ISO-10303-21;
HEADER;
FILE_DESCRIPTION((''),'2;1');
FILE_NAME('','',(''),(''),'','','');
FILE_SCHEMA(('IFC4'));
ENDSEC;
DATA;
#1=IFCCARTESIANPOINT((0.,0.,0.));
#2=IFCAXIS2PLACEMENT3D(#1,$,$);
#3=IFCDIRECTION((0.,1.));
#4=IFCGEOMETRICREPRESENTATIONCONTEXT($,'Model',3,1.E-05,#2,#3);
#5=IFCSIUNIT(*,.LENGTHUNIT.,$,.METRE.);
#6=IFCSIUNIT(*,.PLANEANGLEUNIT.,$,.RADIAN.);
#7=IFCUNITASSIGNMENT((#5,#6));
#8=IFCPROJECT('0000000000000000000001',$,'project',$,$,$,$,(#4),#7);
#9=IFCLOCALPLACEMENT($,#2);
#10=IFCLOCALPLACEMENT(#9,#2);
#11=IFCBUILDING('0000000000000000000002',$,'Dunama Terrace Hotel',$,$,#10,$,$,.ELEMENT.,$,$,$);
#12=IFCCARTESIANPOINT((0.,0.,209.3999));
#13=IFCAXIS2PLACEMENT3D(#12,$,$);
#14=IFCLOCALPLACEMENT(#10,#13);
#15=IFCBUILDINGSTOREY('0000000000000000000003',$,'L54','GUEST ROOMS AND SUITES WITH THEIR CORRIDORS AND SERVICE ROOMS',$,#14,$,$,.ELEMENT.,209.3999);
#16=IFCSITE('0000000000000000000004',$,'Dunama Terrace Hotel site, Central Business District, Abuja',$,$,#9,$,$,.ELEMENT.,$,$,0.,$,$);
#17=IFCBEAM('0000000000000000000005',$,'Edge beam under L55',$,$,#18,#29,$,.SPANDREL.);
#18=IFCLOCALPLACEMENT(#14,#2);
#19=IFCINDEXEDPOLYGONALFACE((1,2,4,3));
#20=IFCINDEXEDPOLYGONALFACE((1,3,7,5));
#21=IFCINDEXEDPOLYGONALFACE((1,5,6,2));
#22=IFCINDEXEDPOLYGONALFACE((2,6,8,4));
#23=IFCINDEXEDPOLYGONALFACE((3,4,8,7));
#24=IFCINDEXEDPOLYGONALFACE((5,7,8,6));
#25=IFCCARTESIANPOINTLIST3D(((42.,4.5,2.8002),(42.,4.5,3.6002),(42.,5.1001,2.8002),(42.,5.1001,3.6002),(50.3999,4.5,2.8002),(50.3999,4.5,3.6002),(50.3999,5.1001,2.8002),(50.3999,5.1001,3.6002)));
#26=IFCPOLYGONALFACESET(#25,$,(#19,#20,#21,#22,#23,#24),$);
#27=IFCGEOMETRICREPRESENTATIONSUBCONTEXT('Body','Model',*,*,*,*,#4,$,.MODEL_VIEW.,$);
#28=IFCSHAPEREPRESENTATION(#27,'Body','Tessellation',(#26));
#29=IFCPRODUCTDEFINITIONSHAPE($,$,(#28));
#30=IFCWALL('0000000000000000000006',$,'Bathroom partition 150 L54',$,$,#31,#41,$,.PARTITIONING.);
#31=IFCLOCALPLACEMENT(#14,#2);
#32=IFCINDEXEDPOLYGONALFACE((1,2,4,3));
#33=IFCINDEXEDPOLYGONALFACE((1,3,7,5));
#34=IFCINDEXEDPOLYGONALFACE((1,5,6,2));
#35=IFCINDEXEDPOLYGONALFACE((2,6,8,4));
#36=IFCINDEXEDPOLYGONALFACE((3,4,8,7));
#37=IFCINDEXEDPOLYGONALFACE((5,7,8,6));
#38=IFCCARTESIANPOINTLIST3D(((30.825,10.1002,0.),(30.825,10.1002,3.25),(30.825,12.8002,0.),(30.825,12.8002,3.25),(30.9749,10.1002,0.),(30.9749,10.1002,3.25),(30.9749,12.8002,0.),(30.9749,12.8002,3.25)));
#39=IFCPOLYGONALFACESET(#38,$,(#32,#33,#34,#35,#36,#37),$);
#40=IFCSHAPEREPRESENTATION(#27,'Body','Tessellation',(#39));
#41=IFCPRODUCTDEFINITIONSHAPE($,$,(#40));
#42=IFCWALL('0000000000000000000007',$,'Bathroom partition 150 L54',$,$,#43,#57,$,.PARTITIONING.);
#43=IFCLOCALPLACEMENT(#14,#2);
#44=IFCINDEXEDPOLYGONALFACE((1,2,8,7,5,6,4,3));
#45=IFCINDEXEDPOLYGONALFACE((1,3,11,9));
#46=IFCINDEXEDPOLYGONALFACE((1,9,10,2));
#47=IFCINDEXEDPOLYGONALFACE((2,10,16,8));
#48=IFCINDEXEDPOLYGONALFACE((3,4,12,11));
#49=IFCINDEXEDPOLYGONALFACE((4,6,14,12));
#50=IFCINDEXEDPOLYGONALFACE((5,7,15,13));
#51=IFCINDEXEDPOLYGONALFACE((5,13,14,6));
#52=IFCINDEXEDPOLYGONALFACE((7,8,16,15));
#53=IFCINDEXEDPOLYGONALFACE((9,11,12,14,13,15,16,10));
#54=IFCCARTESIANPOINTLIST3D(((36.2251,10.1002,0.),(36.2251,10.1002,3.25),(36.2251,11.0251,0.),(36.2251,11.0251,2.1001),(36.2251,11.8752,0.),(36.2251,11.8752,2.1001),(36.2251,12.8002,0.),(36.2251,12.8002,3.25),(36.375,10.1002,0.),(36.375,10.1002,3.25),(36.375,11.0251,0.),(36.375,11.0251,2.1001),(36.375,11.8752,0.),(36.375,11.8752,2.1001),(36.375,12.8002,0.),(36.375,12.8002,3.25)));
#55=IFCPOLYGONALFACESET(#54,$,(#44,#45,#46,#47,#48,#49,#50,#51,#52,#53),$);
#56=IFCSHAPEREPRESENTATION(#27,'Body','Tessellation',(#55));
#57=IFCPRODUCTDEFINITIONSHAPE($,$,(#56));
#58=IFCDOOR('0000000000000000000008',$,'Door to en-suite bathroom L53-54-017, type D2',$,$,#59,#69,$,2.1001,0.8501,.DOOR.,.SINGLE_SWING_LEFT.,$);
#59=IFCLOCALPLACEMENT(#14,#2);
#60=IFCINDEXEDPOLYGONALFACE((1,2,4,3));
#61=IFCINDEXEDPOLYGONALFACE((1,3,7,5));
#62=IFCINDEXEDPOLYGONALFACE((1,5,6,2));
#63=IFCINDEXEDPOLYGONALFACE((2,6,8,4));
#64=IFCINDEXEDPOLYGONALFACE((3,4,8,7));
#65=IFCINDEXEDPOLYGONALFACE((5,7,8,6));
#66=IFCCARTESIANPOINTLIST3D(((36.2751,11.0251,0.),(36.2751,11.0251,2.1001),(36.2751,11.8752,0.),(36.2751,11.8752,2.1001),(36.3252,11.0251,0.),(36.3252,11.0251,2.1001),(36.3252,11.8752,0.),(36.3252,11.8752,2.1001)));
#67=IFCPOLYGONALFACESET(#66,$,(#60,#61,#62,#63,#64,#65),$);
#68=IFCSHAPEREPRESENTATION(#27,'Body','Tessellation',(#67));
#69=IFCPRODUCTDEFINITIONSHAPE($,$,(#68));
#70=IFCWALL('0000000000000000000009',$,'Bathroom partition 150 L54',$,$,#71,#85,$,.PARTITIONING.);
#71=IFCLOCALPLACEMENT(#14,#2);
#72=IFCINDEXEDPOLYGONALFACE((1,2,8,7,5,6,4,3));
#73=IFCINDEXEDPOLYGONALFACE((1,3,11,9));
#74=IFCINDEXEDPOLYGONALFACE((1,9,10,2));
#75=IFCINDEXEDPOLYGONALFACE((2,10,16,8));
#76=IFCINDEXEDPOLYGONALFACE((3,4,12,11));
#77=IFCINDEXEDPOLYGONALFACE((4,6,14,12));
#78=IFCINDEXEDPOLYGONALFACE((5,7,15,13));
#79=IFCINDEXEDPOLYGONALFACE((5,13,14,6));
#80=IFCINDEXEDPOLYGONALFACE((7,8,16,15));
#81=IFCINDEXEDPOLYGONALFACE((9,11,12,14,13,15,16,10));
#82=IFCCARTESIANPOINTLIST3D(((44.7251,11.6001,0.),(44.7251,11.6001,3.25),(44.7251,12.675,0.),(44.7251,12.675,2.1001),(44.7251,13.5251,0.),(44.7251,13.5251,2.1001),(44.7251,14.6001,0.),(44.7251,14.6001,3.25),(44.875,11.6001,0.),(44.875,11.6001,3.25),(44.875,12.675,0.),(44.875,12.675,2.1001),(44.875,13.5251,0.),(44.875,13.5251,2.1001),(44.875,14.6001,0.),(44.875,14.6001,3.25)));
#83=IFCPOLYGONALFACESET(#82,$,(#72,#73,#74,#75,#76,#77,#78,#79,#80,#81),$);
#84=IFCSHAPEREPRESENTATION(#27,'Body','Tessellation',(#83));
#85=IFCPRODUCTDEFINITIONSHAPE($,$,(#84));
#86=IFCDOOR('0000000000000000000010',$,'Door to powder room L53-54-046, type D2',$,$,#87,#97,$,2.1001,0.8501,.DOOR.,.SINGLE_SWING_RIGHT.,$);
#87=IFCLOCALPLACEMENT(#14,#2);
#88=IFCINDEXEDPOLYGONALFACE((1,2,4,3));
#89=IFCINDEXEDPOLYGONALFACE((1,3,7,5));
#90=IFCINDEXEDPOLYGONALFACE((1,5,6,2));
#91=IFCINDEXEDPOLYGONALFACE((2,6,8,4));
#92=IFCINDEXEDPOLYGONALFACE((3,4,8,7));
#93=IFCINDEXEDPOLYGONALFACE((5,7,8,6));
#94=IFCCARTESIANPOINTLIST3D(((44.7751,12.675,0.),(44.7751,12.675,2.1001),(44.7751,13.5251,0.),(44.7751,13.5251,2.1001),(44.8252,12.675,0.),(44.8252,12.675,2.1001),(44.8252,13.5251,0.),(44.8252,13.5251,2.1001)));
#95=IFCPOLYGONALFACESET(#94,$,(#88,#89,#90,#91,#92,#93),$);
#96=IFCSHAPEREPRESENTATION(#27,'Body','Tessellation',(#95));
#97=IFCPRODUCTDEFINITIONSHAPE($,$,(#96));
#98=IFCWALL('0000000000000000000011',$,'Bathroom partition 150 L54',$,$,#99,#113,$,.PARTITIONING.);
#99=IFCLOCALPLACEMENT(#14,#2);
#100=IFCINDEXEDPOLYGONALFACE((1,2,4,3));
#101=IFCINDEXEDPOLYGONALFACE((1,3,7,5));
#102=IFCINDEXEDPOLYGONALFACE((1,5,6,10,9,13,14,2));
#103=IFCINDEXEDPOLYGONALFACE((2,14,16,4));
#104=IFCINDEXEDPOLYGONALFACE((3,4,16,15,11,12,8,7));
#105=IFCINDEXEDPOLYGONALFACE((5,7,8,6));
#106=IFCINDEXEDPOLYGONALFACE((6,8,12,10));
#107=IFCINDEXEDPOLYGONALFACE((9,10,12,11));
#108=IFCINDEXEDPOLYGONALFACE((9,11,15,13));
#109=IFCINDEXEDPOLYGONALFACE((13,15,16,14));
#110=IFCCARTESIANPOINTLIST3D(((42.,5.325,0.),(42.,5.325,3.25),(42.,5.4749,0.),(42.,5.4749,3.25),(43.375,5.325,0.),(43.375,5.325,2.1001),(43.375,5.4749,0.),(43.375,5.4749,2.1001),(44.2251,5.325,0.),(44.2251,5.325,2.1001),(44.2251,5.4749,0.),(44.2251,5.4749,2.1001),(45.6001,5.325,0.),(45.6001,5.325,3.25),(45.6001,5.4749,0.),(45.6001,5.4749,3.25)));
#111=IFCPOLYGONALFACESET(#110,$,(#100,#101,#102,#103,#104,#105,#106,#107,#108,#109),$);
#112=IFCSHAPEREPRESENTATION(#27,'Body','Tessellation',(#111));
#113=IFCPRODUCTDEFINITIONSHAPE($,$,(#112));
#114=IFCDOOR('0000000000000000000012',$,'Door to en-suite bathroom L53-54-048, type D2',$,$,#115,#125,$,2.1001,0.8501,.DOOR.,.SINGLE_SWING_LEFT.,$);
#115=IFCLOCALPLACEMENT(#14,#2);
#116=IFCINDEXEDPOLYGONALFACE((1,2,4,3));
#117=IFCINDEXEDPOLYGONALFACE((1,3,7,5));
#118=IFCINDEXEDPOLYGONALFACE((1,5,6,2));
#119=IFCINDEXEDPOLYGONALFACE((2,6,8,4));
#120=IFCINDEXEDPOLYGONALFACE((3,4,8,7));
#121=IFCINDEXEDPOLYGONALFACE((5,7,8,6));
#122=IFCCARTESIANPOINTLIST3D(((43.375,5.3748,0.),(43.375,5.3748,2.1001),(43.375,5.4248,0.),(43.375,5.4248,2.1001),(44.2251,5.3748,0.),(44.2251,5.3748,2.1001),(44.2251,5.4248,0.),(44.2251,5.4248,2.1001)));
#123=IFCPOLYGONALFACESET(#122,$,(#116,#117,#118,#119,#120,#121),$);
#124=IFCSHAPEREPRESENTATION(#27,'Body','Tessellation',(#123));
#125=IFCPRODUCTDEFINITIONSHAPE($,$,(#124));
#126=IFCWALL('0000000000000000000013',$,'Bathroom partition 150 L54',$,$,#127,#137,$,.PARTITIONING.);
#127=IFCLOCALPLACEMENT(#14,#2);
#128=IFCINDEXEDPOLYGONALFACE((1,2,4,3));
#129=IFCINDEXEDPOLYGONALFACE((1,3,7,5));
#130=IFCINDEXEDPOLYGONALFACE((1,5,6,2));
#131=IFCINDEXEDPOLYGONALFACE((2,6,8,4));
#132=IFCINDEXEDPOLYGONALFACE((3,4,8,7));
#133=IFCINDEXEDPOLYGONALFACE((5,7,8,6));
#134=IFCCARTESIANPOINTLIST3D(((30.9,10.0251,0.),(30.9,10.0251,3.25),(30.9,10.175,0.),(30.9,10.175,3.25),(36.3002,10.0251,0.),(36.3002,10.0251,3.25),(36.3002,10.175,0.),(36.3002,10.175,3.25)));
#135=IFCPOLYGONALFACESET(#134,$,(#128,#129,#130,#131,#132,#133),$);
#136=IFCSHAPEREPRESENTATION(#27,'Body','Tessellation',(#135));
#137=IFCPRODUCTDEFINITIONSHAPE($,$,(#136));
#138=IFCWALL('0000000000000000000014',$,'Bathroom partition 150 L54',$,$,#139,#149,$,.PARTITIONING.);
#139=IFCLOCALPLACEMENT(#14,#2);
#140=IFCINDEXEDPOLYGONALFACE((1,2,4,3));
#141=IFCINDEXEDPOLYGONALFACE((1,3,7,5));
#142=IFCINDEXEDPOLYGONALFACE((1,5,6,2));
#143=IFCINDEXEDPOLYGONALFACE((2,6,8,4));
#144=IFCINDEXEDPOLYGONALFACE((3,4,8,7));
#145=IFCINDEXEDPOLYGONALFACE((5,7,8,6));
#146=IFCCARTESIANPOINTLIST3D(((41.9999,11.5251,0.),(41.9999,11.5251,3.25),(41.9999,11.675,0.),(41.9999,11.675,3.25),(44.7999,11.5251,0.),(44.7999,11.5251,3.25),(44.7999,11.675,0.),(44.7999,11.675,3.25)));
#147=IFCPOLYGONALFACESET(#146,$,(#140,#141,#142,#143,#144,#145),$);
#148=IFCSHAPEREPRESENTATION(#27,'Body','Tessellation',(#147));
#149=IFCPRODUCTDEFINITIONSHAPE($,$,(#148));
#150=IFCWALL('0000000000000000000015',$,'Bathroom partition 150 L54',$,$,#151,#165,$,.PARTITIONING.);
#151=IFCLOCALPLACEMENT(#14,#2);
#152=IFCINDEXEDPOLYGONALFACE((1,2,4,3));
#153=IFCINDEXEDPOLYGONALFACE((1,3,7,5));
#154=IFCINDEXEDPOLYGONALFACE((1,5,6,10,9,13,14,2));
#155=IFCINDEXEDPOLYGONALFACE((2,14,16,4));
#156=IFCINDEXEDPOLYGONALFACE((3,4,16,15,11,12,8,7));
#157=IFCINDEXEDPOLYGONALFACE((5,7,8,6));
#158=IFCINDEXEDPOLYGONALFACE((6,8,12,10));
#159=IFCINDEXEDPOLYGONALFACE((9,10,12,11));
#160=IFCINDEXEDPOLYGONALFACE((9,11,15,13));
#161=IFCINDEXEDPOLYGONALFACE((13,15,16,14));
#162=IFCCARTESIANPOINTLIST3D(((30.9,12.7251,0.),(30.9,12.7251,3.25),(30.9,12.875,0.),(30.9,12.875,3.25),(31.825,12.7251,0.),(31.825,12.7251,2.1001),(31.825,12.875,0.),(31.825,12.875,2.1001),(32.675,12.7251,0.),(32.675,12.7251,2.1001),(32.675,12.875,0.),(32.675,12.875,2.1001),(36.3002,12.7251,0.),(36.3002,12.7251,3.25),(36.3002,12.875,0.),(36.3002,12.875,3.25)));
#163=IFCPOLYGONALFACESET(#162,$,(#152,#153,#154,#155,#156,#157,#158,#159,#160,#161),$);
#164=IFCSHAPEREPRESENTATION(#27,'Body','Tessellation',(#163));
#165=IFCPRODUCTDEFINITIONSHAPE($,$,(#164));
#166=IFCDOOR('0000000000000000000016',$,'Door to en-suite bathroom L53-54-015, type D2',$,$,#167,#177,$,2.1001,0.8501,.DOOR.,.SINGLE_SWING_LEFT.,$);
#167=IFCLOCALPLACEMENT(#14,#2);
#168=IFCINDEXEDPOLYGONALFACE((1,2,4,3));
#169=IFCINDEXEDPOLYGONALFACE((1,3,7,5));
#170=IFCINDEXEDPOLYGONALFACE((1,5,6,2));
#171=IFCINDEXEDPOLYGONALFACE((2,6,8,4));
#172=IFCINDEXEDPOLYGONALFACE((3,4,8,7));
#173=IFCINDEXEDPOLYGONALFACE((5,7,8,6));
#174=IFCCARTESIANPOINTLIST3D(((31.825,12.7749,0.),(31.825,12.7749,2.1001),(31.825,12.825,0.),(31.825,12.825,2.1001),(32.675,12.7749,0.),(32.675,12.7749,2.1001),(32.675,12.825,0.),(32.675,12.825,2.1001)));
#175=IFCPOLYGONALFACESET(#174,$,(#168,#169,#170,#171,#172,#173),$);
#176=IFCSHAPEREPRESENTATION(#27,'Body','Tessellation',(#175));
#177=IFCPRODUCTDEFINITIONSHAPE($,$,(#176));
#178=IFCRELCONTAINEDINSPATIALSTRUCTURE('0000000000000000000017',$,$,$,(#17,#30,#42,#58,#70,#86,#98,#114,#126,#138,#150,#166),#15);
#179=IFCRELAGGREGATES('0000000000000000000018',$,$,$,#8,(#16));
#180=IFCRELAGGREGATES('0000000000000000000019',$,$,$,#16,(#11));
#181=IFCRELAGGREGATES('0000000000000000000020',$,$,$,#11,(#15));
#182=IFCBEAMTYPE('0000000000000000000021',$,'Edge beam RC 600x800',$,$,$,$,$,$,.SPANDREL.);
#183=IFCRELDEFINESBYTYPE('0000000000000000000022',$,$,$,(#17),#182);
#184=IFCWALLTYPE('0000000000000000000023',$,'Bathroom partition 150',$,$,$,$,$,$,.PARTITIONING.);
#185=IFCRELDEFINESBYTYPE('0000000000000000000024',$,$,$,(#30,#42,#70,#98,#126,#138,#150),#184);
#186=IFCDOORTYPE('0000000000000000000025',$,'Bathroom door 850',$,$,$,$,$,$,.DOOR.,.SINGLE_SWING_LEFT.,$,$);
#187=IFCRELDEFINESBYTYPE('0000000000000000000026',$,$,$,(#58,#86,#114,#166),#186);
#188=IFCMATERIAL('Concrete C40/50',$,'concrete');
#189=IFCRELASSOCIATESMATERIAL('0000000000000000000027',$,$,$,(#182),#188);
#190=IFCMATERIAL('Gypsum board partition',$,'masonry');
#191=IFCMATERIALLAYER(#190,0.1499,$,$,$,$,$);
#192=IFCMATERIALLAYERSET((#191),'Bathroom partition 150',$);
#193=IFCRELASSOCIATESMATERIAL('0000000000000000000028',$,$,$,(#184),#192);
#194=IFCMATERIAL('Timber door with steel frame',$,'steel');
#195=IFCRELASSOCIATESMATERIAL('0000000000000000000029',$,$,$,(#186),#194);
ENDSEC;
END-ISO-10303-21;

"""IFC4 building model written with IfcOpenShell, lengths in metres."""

from ifc_helpers import new_model, si_unit, direction, frame, frame_2d, origin, origin_2d, place, context, subcontext, project, spatial, rectangle, extrude, material, layer, layer_set, material_profile, profile_set, type_object, element, fill, save


model = new_model("IFC4")

# Units and contexts
model_context = context("Model", 3, precision=1e-05, world=origin(), true_north=direction((0.0, 1.0)))
body_context = subcontext(model_context, "Body", "Model", "MODEL_VIEW")
ifc_project = project(units=[si_unit("LENGTHUNIT", "METRE"), si_unit("PLANEANGLEUNIT", "RADIAN")], contexts=[model_context])

# Site, building, storey
site_placement = place(None, origin())
site = spatial("IfcSite", under=ifc_project, at=site_placement, Name="Dunama Terrace Hotel site, Central Business District, Abuja", CompositionType="ELEMENT", RefElevation=0.0)
building_placement = place(site_placement, origin())
building = spatial("IfcBuilding", under=site, at=building_placement, Name="Dunama Terrace Hotel", CompositionType="ELEMENT")
storey_placement = place(building_placement, frame((0.0, 0.0, 209.3999)))
storey = spatial("IfcBuildingStorey", under=building, at=storey_placement, Name="L54", Description="GUEST ROOMS AND SUITES WITH THEIR CORRIDORS AND SERVICE ROOMS", CompositionType="ELEMENT", Elevation=209.3999)

# Beam
ifc_material_1 = material(Name="Concrete C40/50", Category="concrete")
ifc_material_profile = material_profile(ifc_material_1, rectangle(XDim=0.6001, YDim=0.8, at=origin_2d()), Name="RC 600x800")
ifc_profile_set = profile_set([ifc_material_profile], Name="Concrete C40/50")
beam_type = type_object("IfcBeamType", Name="Edge beam RC 600x800", PredefinedType="SPANDREL", material=ifc_profile_set)
beam_placement = place(storey_placement, frame((42.0, 4.8, 3.2002), z_axis=(1.0, 0.0, 0.0), x_axis=(0.0, 1.0, 0.0)))
element("IfcBeam", 1, at=beam_placement, inside=storey, type_object=beam_type, Name="Edge beam under L55", PredefinedType="SPANDREL", context=body_context, shape_type="SweptSolid", body=[
    extrude(rectangle(XDim=0.6001, YDim=0.8, at=origin_2d()), origin(), (0.0, 0.0, 1.0), 8.3999),
])

# Wall
ifc_material_2 = material(Name="Gypsum board partition", Category="masonry")
ifc_layer_1 = layer(ifc_material_2, 0.1499)
ifc_layer_set_1 = layer_set([ifc_layer_1], Name="Bathroom partition 150")
wall_type_1 = type_object("IfcWallType", Name="Bathroom partition 150", PredefinedType="PARTITIONING", material=ifc_layer_set_1)
wall_1_placement = place(storey_placement, frame((30.8999, 10.1001, 0.0), z_axis=(0.0, 0.0, 1.0), x_axis=(0.0, 1.0, 0.0)))
element("IfcWall", 2, at=wall_1_placement, inside=storey, type_object=wall_type_1, Name="Bathroom partition 150 L54", PredefinedType="PARTITIONING", context=body_context, shape_type="SweptSolid", body=[
    extrude(rectangle(XDim=2.7, YDim=0.1499, at=frame_2d((1.3501, 0.0))), origin(), (0.0, 0.0, 1.0), 3.25),
])

# Walls, openings, doors
wall_2_placement = place(storey_placement, frame((36.3, 10.1001, 0.0), z_axis=(0.0, 0.0, 1.0), x_axis=(0.0, 1.0, 0.0)))
wall_2 = element("IfcWall", 3, at=wall_2_placement, inside=storey, type_object=wall_type_1, Name="Bathroom partition 150 L54", PredefinedType="PARTITIONING", context=body_context, shape_type="SweptSolid", body=[
    extrude(rectangle(XDim=2.7, YDim=0.1499, at=frame_2d((1.3501, 0.0))), origin(), (0.0, 0.0, 1.0), 3.25),
])
opening_1_placement = place(wall_2_placement, frame((0.925, 0.0, 0.0)))
opening_1 = element("IfcOpeningElement", 4, at=opening_1_placement, cuts=wall_2, PredefinedType="OPENING", context=body_context, shape_type="SweptSolid", body=[
    extrude(rectangle(XDim=0.8501, YDim=2.1001, at=frame_2d((0.425, 1.05))), frame((0.0, 0.085, 0.0), z_axis=(0.0, -1.0, 0.0), x_axis=(1.0, 0.0, 0.0)), (0.0, 0.0, 1.0), 0.1699),
])
ifc_material_3 = material(Name="Timber door with steel frame", Category="steel")
door_type_1 = type_object("IfcDoorType", Name="Bathroom door 850", OperationType="SINGLE_SWING_LEFT", PredefinedType="DOOR", material=ifc_material_3)
door_1_placement = place(opening_1_placement, origin())
door_1 = element("IfcDoor", 5, at=door_1_placement, inside=storey, type_object=door_type_1, Name="Door to en-suite bathroom L53-54-017, type D2", OperationType="SINGLE_SWING_LEFT", OverallHeight=2.1001, OverallWidth=0.8501, PredefinedType="DOOR", context=body_context, shape_type="SweptSolid", body=[
    extrude(rectangle(XDim=0.8501, YDim=2.1001, at=frame_2d((0.425, 1.05))), frame((0.0, 0.0249, 0.0), z_axis=(0.0, -1.0, 0.0), x_axis=(1.0, 0.0, 0.0)), (0.0, 0.0, 1.0), 0.05),
])
fill(opening_1, door_1)
wall_3_placement = place(storey_placement, frame((44.8, 11.6001, 0.0), z_axis=(0.0, 0.0, 1.0), x_axis=(0.0, 1.0, 0.0)))
wall_3 = element("IfcWall", 6, at=wall_3_placement, inside=storey, type_object=wall_type_1, Name="Bathroom partition 150 L54", PredefinedType="PARTITIONING", context=body_context, shape_type="SweptSolid", body=[
    extrude(rectangle(XDim=3.0, YDim=0.1499, at=frame_2d((1.5, 0.0))), origin(), (0.0, 0.0, 1.0), 3.25),
])
opening_2_placement = place(wall_3_placement, frame((1.075, 0.0, 0.0)))
opening_2 = element("IfcOpeningElement", 7, at=opening_2_placement, cuts=wall_3, PredefinedType="OPENING", context=body_context, shape_type="SweptSolid", body=[
    extrude(rectangle(XDim=0.8501, YDim=2.1001, at=frame_2d((0.425, 1.05))), frame((0.0, 0.085, 0.0), z_axis=(0.0, -1.0, 0.0), x_axis=(1.0, 0.0, 0.0)), (0.0, 0.0, 1.0), 0.1699),
])
door_2_placement = place(opening_2_placement, origin())
door_2 = element("IfcDoor", 8, at=door_2_placement, inside=storey, type_object=door_type_1, Name="Door to powder room L53-54-046, type D2", OperationType="SINGLE_SWING_RIGHT", OverallHeight=2.1001, OverallWidth=0.8501, PredefinedType="DOOR", context=body_context, shape_type="SweptSolid", body=[
    extrude(rectangle(XDim=0.8501, YDim=2.1001, at=frame_2d((0.425, 1.05))), frame((0.0, 0.0249, 0.0), z_axis=(0.0, -1.0, 0.0), x_axis=(1.0, 0.0, 0.0)), (0.0, 0.0, 1.0), 0.05),
])
fill(opening_2, door_2)
wall_4_placement = place(storey_placement, frame((42.0, 5.3999, 0.0), z_axis=(0.0, 0.0, 1.0), x_axis=(1.0, 0.0, 0.0)))
wall_4 = element("IfcWall", 9, at=wall_4_placement, inside=storey, type_object=wall_type_1, Name="Bathroom partition 150 L54", PredefinedType="PARTITIONING", context=body_context, shape_type="SweptSolid", body=[
    extrude(rectangle(XDim=3.6001, YDim=0.1499, at=frame_2d((1.8, 0.0))), origin(), (0.0, 0.0, 1.0), 3.25),
])
opening_3_placement = place(wall_4_placement, frame((1.375, 0.0, 0.0)))
opening_3 = element("IfcOpeningElement", 10, at=opening_3_placement, cuts=wall_4, PredefinedType="OPENING", context=body_context, shape_type="SweptSolid", body=[
    extrude(rectangle(XDim=0.8501, YDim=2.1001, at=frame_2d((0.425, 1.05))), frame((0.0, 0.085, 0.0), z_axis=(0.0, -1.0, 0.0), x_axis=(1.0, 0.0, 0.0)), (0.0, 0.0, 1.0), 0.1699),
])
door_3_placement = place(opening_3_placement, origin())
door_3 = element("IfcDoor", 11, at=door_3_placement, inside=storey, type_object=door_type_1, Name="Door to en-suite bathroom L53-54-048, type D2", OperationType="SINGLE_SWING_LEFT", OverallHeight=2.1001, OverallWidth=0.8501, PredefinedType="DOOR", context=body_context, shape_type="SweptSolid", body=[
    extrude(rectangle(XDim=0.8501, YDim=2.1001, at=frame_2d((0.425, 1.05))), frame((0.0, 0.0249, 0.0), z_axis=(0.0, -1.0, 0.0), x_axis=(1.0, 0.0, 0.0)), (0.0, 0.0, 1.0), 0.05),
])
fill(opening_3, door_3)

# Walls
wall_5_placement = place(storey_placement, frame((30.8999, 10.1001, 0.0), z_axis=(0.0, 0.0, 1.0), x_axis=(1.0, 0.0, 0.0)))
element("IfcWall", 12, at=wall_5_placement, inside=storey, type_object=wall_type_1, Name="Bathroom partition 150 L54", PredefinedType="PARTITIONING", context=body_context, shape_type="SweptSolid", body=[
    extrude(rectangle(XDim=5.4001, YDim=0.1499, at=frame_2d((2.7002, 0.0))), origin(), (0.0, 0.0, 1.0), 3.25),
])
wall_6_placement = place(storey_placement, frame((42.0, 11.6001, 0.0), z_axis=(0.0, 0.0, 1.0), x_axis=(1.0, 0.0, 0.0)))
element("IfcWall", 13, at=wall_6_placement, inside=storey, type_object=wall_type_1, Name="Bathroom partition 150 L54", PredefinedType="PARTITIONING", context=body_context, shape_type="SweptSolid", body=[
    extrude(rectangle(XDim=2.8, YDim=0.1499, at=frame_2d((1.3999, 0.0))), origin(), (0.0, 0.0, 1.0), 3.25),
])

# Wall, opening, door
wall_7_placement = place(storey_placement, frame((30.8999, 12.8, 0.0), z_axis=(0.0, 0.0, 1.0), x_axis=(1.0, 0.0, 0.0)))
wall_7 = element("IfcWall", 14, at=wall_7_placement, inside=storey, type_object=wall_type_1, Name="Bathroom partition 150 L54", PredefinedType="PARTITIONING", context=body_context, shape_type="SweptSolid", body=[
    extrude(rectangle(XDim=5.4001, YDim=0.1499, at=frame_2d((2.7002, 0.0))), origin(), (0.0, 0.0, 1.0), 3.25),
])
opening_4_placement = place(wall_7_placement, frame((0.925, 0.0, 0.0)))
opening_4 = element("IfcOpeningElement", 15, at=opening_4_placement, cuts=wall_7, PredefinedType="OPENING", context=body_context, shape_type="SweptSolid", body=[
    extrude(rectangle(XDim=0.8501, YDim=2.1001, at=frame_2d((0.425, 1.05))), frame((0.0, 0.085, 0.0), z_axis=(0.0, -1.0, 0.0), x_axis=(1.0, 0.0, 0.0)), (0.0, 0.0, 1.0), 0.1699),
])
door_4_placement = place(opening_4_placement, frame((0.8501, 0.0, 0.0), z_axis=(0.0, 0.0, 1.0), x_axis=(-1.0, 0.0, 0.0)))
door_4 = element("IfcDoor", 16, at=door_4_placement, inside=storey, type_object=door_type_1, Name="Door to en-suite bathroom L53-54-015, type D2", OperationType="SINGLE_SWING_LEFT", OverallHeight=2.1001, OverallWidth=0.8501, PredefinedType="DOOR", context=body_context, shape_type="SweptSolid", body=[
    extrude(rectangle(XDim=0.8501, YDim=2.1001, at=frame_2d((0.425, 1.05))), frame((0.0, 0.0251, 0.0), z_axis=(0.0, -1.0, 0.0), x_axis=(1.0, 0.0, 0.0)), (0.0, 0.0, 1.0), 0.05),
])
fill(opening_4, door_4)

save(model, "model.ifc")
